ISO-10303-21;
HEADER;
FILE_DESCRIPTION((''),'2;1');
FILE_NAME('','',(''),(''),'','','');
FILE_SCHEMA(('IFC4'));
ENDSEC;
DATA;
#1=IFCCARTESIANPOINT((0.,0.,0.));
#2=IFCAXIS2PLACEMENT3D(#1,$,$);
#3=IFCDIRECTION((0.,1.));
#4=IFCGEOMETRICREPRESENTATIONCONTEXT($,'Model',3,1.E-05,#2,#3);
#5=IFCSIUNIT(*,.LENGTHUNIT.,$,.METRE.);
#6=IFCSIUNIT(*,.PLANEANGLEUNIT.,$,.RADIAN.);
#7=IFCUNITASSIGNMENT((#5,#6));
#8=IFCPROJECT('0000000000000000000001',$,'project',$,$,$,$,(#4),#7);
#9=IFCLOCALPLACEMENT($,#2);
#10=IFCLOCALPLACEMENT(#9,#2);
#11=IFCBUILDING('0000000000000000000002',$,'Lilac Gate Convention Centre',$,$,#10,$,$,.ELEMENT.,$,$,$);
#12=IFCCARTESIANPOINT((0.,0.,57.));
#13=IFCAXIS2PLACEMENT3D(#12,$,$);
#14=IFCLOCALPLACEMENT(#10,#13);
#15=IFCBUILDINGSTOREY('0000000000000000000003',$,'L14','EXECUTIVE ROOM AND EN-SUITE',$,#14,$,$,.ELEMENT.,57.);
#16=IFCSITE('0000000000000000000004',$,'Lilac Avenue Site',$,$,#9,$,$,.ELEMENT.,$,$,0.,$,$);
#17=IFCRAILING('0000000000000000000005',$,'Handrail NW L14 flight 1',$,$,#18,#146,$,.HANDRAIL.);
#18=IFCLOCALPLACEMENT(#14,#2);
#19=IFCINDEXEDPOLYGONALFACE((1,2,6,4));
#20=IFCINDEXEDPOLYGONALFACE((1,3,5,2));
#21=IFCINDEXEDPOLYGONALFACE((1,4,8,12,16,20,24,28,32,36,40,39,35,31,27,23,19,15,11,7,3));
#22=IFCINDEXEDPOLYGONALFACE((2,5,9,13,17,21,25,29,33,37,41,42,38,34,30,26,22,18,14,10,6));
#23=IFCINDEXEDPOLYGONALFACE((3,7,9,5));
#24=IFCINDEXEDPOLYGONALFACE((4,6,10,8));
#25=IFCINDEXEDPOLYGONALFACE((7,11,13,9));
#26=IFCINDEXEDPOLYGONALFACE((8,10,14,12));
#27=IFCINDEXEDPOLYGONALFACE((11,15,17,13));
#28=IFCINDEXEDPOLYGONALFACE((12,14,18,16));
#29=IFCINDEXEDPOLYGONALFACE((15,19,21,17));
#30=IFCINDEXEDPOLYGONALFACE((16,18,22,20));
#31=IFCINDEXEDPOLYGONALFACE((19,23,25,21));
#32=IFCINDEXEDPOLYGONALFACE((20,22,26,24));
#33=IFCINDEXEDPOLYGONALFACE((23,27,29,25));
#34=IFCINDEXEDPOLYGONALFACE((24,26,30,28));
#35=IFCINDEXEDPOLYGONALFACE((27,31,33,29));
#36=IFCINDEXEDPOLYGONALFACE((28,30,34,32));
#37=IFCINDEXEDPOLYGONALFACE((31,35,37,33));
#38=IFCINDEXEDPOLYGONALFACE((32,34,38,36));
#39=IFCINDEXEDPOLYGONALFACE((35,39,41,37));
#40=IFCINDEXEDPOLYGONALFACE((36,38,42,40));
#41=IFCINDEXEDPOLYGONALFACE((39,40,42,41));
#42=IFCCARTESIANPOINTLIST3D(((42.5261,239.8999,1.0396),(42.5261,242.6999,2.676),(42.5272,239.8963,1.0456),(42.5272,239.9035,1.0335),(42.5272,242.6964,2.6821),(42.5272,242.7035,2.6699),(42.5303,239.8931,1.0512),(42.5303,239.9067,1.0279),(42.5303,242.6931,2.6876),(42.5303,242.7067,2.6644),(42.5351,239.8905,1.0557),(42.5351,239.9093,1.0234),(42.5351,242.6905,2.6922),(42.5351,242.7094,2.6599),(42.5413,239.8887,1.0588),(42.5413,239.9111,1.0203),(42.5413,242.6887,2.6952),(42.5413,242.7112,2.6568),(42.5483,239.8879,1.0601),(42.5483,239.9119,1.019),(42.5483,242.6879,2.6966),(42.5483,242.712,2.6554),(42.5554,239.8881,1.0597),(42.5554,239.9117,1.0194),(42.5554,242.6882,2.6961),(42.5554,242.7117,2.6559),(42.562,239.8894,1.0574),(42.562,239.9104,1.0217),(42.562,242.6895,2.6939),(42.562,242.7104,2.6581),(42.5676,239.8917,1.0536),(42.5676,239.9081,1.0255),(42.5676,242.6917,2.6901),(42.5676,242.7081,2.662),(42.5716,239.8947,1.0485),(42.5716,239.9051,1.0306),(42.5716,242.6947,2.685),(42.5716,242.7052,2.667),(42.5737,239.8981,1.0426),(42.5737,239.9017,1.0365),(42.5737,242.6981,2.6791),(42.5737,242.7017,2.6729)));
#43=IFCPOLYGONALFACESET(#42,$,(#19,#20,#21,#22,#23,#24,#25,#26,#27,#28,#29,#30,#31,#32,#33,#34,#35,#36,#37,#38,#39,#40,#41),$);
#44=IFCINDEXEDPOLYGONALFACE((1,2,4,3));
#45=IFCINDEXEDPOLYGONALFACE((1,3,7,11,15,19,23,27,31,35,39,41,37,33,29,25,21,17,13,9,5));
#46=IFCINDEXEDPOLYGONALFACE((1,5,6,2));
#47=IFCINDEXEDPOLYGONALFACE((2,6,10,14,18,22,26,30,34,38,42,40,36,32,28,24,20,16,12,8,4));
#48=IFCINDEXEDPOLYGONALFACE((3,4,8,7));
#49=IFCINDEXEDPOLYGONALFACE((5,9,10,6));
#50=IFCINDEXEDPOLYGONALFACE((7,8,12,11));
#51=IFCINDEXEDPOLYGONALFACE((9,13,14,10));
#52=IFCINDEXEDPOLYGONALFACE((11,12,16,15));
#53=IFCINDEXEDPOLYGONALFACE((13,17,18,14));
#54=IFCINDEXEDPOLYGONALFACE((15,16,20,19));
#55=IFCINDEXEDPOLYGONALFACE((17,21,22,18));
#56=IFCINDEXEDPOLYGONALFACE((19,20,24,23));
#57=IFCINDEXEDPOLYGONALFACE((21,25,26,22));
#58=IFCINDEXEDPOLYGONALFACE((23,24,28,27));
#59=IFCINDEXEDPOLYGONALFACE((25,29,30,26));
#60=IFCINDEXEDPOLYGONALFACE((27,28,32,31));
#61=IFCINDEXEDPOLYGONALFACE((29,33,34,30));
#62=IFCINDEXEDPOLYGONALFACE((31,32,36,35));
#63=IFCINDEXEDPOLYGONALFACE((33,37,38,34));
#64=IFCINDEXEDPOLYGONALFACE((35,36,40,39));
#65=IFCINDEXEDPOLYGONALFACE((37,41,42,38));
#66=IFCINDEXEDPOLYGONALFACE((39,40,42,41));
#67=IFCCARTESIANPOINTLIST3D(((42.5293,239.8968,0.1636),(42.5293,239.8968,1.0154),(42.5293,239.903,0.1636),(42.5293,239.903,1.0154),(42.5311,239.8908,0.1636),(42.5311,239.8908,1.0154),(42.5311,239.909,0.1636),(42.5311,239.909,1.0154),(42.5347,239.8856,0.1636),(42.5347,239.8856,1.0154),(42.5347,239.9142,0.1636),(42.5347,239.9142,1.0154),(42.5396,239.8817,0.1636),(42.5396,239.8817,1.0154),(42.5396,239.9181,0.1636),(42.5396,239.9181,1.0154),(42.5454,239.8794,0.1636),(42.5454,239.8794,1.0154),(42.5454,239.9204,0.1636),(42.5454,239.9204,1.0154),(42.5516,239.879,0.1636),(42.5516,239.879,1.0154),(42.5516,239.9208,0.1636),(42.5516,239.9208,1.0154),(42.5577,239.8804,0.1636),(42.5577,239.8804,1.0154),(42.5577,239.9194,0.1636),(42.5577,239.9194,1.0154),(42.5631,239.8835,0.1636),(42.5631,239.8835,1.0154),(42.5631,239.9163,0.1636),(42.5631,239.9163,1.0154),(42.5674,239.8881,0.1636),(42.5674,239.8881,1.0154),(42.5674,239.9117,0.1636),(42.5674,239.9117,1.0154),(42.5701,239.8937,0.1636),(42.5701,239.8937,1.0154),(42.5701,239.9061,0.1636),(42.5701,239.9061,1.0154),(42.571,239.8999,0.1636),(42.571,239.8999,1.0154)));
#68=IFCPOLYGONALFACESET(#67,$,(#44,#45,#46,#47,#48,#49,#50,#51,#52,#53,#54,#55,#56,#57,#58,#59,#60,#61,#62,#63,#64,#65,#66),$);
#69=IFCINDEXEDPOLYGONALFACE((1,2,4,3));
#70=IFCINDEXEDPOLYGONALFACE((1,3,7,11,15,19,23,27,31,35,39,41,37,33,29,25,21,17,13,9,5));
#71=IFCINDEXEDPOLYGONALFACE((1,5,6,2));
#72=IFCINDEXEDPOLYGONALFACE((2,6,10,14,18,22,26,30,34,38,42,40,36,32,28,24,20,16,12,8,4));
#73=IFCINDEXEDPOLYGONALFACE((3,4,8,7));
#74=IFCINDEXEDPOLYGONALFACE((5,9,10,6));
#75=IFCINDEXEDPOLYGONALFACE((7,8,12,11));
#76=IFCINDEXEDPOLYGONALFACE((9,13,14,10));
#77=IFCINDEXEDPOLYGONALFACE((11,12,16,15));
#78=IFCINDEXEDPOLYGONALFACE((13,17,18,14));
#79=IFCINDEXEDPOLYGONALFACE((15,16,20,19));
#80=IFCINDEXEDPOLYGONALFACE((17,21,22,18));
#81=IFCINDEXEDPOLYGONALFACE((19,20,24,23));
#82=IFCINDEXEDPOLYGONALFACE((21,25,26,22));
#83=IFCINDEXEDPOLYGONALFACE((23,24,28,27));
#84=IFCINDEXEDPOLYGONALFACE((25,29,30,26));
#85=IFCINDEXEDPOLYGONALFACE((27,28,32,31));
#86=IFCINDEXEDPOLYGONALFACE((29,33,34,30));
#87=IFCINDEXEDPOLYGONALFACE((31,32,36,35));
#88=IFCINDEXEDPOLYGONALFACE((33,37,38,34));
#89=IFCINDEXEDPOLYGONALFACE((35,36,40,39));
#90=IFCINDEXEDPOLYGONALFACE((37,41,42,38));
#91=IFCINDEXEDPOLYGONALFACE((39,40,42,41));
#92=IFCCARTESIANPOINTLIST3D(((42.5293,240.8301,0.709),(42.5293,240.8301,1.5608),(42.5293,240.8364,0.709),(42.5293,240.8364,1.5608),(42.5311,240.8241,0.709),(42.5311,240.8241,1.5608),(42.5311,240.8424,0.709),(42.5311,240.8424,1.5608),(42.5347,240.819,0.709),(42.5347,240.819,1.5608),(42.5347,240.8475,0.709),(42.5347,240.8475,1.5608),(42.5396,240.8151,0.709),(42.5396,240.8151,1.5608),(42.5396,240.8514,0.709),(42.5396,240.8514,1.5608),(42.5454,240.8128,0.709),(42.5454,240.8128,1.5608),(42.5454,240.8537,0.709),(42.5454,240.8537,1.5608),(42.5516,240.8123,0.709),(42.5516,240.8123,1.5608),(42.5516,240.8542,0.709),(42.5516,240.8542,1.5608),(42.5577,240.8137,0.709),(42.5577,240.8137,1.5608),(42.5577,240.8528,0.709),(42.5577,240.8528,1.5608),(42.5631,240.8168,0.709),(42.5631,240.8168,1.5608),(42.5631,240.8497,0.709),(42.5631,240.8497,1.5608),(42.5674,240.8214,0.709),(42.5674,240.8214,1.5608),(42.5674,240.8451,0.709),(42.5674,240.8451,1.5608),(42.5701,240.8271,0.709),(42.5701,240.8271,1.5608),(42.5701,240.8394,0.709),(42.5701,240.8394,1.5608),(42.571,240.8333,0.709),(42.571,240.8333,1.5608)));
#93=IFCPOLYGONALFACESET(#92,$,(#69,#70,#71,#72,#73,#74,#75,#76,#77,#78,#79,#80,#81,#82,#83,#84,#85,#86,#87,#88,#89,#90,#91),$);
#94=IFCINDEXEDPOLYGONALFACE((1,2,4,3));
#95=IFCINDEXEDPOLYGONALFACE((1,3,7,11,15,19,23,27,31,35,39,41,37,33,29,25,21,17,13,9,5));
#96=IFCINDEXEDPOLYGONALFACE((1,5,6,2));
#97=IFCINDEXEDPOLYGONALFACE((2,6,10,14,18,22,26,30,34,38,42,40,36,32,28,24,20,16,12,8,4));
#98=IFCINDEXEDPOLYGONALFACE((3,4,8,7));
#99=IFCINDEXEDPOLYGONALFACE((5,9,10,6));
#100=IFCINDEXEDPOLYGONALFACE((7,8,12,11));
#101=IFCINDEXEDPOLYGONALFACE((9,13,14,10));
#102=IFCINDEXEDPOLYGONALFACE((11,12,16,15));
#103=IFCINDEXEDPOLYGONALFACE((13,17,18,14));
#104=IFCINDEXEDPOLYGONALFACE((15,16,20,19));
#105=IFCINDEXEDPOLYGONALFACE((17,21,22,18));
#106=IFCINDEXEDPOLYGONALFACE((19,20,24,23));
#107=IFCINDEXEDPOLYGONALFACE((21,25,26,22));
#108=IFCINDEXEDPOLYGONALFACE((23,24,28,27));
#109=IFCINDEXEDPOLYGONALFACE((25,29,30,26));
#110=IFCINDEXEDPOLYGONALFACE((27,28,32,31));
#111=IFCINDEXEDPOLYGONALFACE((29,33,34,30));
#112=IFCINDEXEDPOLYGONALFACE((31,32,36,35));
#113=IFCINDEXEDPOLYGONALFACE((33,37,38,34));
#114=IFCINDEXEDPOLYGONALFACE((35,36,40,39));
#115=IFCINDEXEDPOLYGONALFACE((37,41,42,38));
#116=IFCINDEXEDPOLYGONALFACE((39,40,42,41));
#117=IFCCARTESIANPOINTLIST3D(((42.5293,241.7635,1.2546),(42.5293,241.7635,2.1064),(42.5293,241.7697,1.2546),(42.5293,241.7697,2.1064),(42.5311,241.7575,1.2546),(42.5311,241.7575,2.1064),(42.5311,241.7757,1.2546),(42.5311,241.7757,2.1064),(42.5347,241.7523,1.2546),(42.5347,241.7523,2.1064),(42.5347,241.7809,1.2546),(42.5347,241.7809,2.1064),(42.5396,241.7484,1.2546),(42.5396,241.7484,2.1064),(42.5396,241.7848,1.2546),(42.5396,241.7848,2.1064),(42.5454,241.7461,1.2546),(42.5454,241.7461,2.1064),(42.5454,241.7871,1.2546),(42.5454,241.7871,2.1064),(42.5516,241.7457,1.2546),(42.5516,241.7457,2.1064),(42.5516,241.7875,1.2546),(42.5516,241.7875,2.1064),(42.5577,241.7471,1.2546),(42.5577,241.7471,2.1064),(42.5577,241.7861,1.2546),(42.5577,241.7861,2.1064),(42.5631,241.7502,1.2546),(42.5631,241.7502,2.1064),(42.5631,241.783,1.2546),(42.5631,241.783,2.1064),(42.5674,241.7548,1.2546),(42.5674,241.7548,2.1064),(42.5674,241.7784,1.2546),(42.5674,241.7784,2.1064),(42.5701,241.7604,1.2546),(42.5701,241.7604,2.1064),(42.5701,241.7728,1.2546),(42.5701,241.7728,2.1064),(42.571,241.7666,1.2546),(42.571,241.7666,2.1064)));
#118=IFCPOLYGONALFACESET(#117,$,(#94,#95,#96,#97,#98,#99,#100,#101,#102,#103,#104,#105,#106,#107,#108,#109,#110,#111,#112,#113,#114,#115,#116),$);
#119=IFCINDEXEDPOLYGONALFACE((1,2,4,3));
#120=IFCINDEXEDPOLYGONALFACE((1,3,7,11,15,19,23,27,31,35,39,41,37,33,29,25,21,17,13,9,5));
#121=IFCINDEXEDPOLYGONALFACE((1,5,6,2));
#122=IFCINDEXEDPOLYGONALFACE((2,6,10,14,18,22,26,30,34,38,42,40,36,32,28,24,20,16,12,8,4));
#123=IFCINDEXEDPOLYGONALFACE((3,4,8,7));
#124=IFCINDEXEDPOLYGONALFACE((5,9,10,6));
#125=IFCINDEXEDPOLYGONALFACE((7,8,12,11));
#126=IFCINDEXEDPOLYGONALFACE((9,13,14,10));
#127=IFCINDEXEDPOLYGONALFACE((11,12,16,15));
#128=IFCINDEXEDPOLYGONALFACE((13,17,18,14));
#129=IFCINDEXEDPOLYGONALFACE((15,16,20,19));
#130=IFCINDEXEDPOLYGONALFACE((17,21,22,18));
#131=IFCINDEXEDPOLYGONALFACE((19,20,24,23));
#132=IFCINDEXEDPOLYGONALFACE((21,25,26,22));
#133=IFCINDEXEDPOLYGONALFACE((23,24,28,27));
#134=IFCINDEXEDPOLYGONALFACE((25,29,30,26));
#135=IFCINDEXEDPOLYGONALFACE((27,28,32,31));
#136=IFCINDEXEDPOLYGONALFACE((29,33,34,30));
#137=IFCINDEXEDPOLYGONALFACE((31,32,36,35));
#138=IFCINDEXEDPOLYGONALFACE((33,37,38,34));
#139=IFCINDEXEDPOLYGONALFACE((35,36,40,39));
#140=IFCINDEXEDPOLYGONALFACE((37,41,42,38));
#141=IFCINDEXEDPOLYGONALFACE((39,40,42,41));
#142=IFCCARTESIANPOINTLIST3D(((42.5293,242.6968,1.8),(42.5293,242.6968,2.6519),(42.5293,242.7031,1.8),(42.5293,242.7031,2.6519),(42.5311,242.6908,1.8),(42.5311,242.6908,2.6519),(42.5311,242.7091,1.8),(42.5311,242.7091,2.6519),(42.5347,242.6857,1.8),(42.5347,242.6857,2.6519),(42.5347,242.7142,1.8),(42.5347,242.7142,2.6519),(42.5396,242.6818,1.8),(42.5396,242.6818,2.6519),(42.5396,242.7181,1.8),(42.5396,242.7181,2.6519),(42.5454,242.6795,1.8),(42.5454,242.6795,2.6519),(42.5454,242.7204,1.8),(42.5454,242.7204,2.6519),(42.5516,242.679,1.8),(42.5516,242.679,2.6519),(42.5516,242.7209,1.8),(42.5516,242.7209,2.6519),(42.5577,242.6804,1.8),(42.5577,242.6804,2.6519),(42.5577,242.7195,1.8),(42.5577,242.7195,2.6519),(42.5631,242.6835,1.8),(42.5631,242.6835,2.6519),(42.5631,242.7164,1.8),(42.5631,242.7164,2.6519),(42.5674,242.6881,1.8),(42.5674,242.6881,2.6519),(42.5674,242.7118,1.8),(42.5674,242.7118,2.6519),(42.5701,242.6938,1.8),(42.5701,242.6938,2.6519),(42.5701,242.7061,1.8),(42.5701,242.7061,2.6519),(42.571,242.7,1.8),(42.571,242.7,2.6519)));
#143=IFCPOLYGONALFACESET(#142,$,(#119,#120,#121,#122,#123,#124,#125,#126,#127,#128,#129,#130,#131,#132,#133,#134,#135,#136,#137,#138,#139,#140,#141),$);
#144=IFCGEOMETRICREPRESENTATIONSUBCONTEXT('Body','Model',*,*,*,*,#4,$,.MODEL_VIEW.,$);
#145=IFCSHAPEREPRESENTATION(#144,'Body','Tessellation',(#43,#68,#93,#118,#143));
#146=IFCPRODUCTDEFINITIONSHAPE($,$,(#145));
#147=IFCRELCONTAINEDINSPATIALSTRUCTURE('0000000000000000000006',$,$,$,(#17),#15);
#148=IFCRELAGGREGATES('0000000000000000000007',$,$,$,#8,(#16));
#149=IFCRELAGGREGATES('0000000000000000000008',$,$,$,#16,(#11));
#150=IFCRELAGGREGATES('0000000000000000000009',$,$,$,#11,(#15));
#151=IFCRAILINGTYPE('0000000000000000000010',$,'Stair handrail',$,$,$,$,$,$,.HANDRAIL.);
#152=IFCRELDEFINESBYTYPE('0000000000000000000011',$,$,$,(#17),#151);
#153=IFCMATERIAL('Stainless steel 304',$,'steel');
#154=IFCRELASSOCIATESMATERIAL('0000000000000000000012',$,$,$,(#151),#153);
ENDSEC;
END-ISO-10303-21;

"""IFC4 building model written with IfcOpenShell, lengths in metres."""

from ifc_helpers import new_model, si_unit, direction, frame, origin, origin_2d, place, context, subcontext, project, spatial, circle, extrude, material, type_object, element, save


model = new_model("IFC4")

# Units and contexts
model_context = context("Model", 3, precision=1e-05, world=origin(), true_north=direction((0.0, 1.0)))
body_context = subcontext(model_context, "Body", "Model", "MODEL_VIEW")
ifc_project = project(units=[si_unit("LENGTHUNIT", "METRE"), si_unit("PLANEANGLEUNIT", "RADIAN")], contexts=[model_context])

# Site, building, storey
site_placement = place(None, origin())
site = spatial("IfcSite", under=ifc_project, at=site_placement, Name="Lilac Avenue Site", CompositionType="ELEMENT", RefElevation=0.0)
building_placement = place(site_placement, origin())
building = spatial("IfcBuilding", under=site, at=building_placement, Name="Lilac Gate Convention Centre", CompositionType="ELEMENT")
storey_placement = place(building_placement, frame((0.0, 0.0, 57.0)))
storey = spatial("IfcBuildingStorey", under=building, at=storey_placement, Name="L14", Description="EXECUTIVE ROOM AND EN-SUITE", CompositionType="ELEMENT", Elevation=57.0)

# Railing
ifc_material_1 = material(Name="Stainless steel 304", Category="steel")
railing_type = type_object("IfcRailingType", Name="Stair handrail", PredefinedType="HANDRAIL", material=ifc_material_1)
for number, where, name in (
    (1, (42.55, 239.8999, 0.1636), "Handrail NW L14 flight 1"),
):
    element("IfcRailing", number, at=place(storey_placement, frame(where)), inside=storey, type_object=railing_type, Name=name, PredefinedType="HANDRAIL", context=body_context, shape_type="SweptSolid", body=[
        extrude(circle(Radius=0.0239, at=origin_2d()), frame((0.0, 0.0, 0.876), z_axis=(0.0, 0.863361, 0.504587), x_axis=(-1.0, 0.0, 0.0)), (0.0, 0.0, 1.0), 3.2432),
        extrude(circle(Radius=0.021, at=origin_2d()), origin(), (0.0, 0.0, 1.0), 0.8518),
        extrude(circle(Radius=0.021, at=origin_2d()), frame((0.0, 0.9333, 0.5454)), (0.0, 0.0, 1.0), 0.8518),
        extrude(circle(Radius=0.021, at=origin_2d()), frame((0.0, 1.8667, 1.0911)), (0.0, 0.0, 1.0), 0.8518),
        extrude(circle(Radius=0.021, at=origin_2d()), frame((0.0, 2.8, 1.6365)), (0.0, 0.0, 1.0), 0.8518),
    ])

save(model, "model.ifc")
